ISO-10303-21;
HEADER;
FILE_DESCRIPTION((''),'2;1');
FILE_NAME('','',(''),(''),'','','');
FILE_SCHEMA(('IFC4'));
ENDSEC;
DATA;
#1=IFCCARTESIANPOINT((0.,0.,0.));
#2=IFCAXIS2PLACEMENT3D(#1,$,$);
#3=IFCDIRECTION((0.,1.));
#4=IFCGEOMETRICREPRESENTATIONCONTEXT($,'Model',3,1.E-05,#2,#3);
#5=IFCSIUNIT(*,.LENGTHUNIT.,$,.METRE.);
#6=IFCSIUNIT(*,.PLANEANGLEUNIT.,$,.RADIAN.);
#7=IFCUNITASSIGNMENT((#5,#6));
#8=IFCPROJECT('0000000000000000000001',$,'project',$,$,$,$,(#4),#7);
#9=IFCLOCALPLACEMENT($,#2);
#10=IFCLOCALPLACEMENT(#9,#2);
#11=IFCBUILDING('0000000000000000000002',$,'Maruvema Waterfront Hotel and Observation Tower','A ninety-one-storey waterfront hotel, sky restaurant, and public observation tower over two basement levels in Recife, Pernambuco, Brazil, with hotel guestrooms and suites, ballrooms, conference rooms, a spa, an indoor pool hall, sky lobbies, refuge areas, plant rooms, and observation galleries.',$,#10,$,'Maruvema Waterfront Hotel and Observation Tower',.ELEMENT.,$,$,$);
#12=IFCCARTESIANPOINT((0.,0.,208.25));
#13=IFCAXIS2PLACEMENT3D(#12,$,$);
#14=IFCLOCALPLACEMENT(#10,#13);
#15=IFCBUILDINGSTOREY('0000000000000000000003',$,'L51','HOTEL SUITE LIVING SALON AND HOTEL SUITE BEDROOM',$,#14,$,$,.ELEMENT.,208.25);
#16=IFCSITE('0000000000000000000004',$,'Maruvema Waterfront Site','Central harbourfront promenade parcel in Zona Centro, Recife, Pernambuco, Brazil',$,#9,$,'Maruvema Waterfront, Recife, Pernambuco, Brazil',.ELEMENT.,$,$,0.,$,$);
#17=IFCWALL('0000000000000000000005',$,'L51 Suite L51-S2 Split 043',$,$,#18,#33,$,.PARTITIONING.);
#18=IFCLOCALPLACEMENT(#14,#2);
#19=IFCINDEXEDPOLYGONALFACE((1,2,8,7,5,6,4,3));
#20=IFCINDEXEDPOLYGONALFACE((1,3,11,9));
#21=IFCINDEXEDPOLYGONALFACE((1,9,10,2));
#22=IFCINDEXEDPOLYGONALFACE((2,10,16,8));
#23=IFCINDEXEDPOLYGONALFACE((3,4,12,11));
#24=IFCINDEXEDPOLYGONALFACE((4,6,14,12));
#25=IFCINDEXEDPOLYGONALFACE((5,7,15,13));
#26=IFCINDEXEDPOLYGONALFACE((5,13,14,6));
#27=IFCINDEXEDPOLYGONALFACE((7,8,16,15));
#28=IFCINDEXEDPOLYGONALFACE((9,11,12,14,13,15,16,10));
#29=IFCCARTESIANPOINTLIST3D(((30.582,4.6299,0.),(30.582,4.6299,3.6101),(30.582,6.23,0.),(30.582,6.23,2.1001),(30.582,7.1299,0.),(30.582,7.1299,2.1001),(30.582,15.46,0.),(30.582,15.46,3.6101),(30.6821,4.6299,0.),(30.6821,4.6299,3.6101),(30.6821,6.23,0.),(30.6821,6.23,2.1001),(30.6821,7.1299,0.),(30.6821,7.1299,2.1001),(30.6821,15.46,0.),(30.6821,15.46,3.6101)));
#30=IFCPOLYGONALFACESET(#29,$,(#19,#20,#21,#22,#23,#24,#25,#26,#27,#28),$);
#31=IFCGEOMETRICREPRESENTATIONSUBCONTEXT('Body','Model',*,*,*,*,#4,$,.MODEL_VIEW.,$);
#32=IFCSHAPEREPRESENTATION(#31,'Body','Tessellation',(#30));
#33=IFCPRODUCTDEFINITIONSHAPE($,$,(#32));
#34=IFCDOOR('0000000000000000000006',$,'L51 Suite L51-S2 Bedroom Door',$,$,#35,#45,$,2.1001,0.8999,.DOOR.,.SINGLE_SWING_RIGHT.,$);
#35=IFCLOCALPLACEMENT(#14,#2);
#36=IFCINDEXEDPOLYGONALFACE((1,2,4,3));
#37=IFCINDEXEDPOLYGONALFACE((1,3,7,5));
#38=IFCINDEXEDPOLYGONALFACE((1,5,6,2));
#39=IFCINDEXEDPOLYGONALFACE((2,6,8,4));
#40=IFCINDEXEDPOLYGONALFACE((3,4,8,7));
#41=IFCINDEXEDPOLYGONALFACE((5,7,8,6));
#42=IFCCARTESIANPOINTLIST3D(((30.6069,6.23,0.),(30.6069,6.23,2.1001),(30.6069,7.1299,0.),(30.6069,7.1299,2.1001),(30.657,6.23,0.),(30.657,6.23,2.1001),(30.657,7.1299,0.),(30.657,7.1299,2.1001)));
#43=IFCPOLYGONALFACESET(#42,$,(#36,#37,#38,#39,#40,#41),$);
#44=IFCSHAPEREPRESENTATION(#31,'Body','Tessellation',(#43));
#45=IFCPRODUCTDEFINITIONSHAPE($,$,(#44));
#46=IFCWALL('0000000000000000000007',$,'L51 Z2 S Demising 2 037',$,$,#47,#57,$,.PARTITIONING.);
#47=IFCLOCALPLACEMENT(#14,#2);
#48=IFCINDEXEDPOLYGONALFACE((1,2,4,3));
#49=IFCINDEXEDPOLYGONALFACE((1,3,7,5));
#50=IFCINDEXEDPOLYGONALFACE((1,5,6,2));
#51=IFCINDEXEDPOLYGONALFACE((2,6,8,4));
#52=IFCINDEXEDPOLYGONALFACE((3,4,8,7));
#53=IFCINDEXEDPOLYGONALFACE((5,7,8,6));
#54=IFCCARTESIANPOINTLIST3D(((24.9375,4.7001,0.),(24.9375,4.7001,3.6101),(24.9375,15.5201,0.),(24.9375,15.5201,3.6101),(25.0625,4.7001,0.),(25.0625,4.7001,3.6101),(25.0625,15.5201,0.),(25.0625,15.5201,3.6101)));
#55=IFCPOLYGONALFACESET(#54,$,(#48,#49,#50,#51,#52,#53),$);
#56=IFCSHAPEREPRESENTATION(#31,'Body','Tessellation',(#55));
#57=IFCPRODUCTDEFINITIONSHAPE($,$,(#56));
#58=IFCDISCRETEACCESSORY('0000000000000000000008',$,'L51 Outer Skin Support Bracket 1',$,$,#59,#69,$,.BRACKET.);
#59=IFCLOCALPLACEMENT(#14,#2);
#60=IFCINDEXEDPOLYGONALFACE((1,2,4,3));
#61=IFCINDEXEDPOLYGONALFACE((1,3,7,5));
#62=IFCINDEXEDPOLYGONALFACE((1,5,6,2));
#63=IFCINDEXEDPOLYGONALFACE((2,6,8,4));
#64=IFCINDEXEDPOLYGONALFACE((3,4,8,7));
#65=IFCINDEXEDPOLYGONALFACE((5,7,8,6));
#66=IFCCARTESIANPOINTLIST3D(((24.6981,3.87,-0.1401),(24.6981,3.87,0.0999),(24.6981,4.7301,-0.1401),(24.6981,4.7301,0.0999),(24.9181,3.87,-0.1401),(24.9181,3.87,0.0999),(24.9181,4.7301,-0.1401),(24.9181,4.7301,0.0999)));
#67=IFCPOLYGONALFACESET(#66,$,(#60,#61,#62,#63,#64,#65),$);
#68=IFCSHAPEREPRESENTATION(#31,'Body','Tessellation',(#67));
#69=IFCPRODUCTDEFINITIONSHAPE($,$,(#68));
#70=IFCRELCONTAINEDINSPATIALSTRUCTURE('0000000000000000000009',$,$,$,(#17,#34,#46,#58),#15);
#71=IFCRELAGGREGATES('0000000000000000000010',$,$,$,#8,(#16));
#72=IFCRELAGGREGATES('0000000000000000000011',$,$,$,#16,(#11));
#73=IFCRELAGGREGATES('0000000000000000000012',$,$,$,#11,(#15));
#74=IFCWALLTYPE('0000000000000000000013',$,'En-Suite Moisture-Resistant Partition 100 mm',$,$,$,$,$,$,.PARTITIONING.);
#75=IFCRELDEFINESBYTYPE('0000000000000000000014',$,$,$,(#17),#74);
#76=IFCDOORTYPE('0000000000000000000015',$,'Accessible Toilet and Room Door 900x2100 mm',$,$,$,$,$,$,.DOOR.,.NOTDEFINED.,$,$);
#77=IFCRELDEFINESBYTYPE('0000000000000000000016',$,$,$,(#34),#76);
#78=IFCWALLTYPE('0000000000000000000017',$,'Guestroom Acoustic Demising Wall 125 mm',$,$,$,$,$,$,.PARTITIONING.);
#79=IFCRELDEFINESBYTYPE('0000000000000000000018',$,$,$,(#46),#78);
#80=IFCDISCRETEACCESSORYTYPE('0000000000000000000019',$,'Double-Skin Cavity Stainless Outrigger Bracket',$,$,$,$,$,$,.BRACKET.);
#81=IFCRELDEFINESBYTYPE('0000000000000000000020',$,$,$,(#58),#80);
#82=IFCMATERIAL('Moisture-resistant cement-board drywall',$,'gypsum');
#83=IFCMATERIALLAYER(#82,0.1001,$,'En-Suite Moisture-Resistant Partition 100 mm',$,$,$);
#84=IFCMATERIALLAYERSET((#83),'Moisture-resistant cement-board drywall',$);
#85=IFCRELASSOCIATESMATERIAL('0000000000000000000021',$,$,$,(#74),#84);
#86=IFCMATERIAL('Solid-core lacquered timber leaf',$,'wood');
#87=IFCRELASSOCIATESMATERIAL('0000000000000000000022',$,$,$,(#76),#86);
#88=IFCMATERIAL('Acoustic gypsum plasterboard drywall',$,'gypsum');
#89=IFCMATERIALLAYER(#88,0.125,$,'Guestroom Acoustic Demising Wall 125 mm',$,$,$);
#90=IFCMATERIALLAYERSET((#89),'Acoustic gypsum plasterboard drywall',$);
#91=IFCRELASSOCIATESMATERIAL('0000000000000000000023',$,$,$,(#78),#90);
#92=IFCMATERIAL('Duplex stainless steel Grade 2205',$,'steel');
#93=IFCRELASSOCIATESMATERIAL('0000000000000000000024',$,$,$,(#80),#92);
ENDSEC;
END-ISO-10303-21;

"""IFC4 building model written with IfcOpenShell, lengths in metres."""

from ifc_helpers import new_model, si_unit, direction, frame, frame_2d, origin, origin_2d, place, context, subcontext, project, spatial, rectangle, extrude, material, layer, layer_set, type_object, element, fill, save


model = new_model("IFC4")

# Units and contexts
model_context = context("Model", 3, precision=1e-05, world=origin(), true_north=direction((0.0, 1.0)))
body_context = subcontext(model_context, "Body", "Model", "MODEL_VIEW")
ifc_project = project(units=[si_unit("LENGTHUNIT", "METRE"), si_unit("PLANEANGLEUNIT", "RADIAN")], contexts=[model_context])

# Site, building, storey
site_placement = place(None, origin())
site = spatial("IfcSite", under=ifc_project, at=site_placement, Name="Maruvema Waterfront Site", Description="Central harbourfront promenade parcel in Zona Centro, Recife, Pernambuco, Brazil", LongName="Maruvema Waterfront, Recife, Pernambuco, Brazil", CompositionType="ELEMENT", RefElevation=0.0)
building_placement = place(site_placement, origin())
building = spatial("IfcBuilding", under=site, at=building_placement, Name="Maruvema Waterfront Hotel and Observation Tower", Description="A ninety-one-storey waterfront hotel, sky restaurant, and public observation tower over two basement levels in Recife, Pernambuco, Brazil, with hotel guestrooms and suites, ballrooms, conference rooms, a spa, an indoor pool hall, sky lobbies, refuge areas, plant rooms, and observation galleries.", LongName="Maruvema Waterfront Hotel and Observation Tower", CompositionType="ELEMENT")
storey_placement = place(building_placement, frame((0.0, 0.0, 208.25)))
storey = spatial("IfcBuildingStorey", under=building, at=storey_placement, Name="L51", Description="HOTEL SUITE LIVING SALON AND HOTEL SUITE BEDROOM", CompositionType="ELEMENT", Elevation=208.25)

# Shared definitions
ifc_material_1 = material(Name="Moisture-resistant cement-board drywall", Category="gypsum")
ifc_layer_1 = layer(ifc_material_1, 0.1001, Name="En-Suite Moisture-Resistant Partition 100 mm")
ifc_layer_set_1 = layer_set([ifc_layer_1], Name="Moisture-resistant cement-board drywall")
wall_type_1 = type_object("IfcWallType", Name="En-Suite Moisture-Resistant Partition 100 mm", PredefinedType="PARTITIONING", material=ifc_layer_set_1)

# Wall, opening, door
wall_1_placement = place(storey_placement, frame((30.6321, 4.6299, 0.0), z_axis=(0.0, 0.0, 1.0), x_axis=(0.0, 1.0, 0.0)))
wall_1 = element("IfcWall", 1, at=wall_1_placement, inside=storey, type_object=wall_type_1, Name="L51 Suite L51-S2 Split 043", PredefinedType="PARTITIONING", context=body_context, shape_type="SweptSolid", body=[
    extrude(rectangle(XDim=10.8301, YDim=0.1001, at=frame_2d((5.415, 0.0))), origin(), (0.0, 0.0, 1.0), 3.6101),
])
opening_1_placement = place(wall_1_placement, frame((1.6001, 0.0, 0.0)))
opening_1 = element("IfcOpeningElement", 2, at=opening_1_placement, cuts=wall_1, PredefinedType="OPENING", context=body_context, shape_type="SweptSolid", body=[
    extrude(rectangle(XDim=0.8999, YDim=2.1001, at=frame_2d((0.45, 1.05))), frame((0.0, 0.0601, 0.0), z_axis=(0.0, -1.0, 0.0), x_axis=(1.0, 0.0, 0.0)), (0.0, 0.0, 1.0), 0.1201),
])
ifc_material_2 = material(Name="Solid-core lacquered timber leaf", Category="wood")
door_type_1 = type_object("IfcDoorType", Name="Accessible Toilet and Room Door 900x2100 mm", OperationType="NOTDEFINED", PredefinedType="DOOR", material=ifc_material_2)
door_1_placement = place(opening_1_placement, frame((0.8999, 0.0, 0.0), z_axis=(0.0, 0.0, 1.0), x_axis=(-1.0, 0.0, 0.0)))
door_1 = element("IfcDoor", 3, at=door_1_placement, inside=storey, type_object=door_type_1, Name="L51 Suite L51-S2 Bedroom Door", OperationType="SINGLE_SWING_RIGHT", OverallHeight=2.1001, OverallWidth=0.8999, PredefinedType="DOOR", context=body_context, shape_type="SweptSolid", body=[
    extrude(rectangle(XDim=0.8999, YDim=2.1001, at=frame_2d((0.45, 1.05))), frame((0.0, 0.0249, 0.0), z_axis=(0.0, -1.0, 0.0), x_axis=(1.0, 0.0, 0.0)), (0.0, 0.0, 1.0), 0.05),
])
fill(opening_1, door_1)

# Wall
ifc_material_3 = material(Name="Acoustic gypsum plasterboard drywall", Category="gypsum")
ifc_layer_2 = layer(ifc_material_3, 0.125, Name="Guestroom Acoustic Demising Wall 125 mm")
ifc_layer_set_2 = layer_set([ifc_layer_2], Name="Acoustic gypsum plasterboard drywall")
wall_type_2 = type_object("IfcWallType", Name="Guestroom Acoustic Demising Wall 125 mm", PredefinedType="PARTITIONING", material=ifc_layer_set_2)
wall_2_placement = place(storey_placement, frame((25.0, 4.7, 0.0), z_axis=(0.0, 0.0, 1.0), x_axis=(0.0, 1.0, 0.0)))
element("IfcWall", 4, at=wall_2_placement, inside=storey, type_object=wall_type_2, Name="L51 Z2 S Demising 2 037", PredefinedType="PARTITIONING", context=body_context, shape_type="SweptSolid", body=[
    extrude(rectangle(XDim=10.8201, YDim=0.125, at=frame_2d((5.4102, 0.0))), origin(), (0.0, 0.0, 1.0), 3.6101),
])

# Discrete accessory
ifc_material_4 = material(Name="Duplex stainless steel Grade 2205", Category="steel")
discrete_accessory_type = type_object("IfcDiscreteAccessoryType", Name="Double-Skin Cavity Stainless Outrigger Bracket", PredefinedType="BRACKET", material=ifc_material_4)
discrete_accessory_placement = place(storey_placement, frame((24.8081, 4.3, -0.1401), z_axis=(0.0, 0.0, 1.0), x_axis=(1.0, 0.0, 0.0)))
element("IfcDiscreteAccessory", 5, at=discrete_accessory_placement, inside=storey, type_object=discrete_accessory_type, Name="L51 Outer Skin Support Bracket 1", PredefinedType="BRACKET", context=body_context, shape_type="SweptSolid", body=[
    extrude(rectangle(XDim=0.22, YDim=0.8601, at=origin_2d()), origin(), (0.0, 0.0, 1.0), 0.24),
])

save(model, "model.ifc")
